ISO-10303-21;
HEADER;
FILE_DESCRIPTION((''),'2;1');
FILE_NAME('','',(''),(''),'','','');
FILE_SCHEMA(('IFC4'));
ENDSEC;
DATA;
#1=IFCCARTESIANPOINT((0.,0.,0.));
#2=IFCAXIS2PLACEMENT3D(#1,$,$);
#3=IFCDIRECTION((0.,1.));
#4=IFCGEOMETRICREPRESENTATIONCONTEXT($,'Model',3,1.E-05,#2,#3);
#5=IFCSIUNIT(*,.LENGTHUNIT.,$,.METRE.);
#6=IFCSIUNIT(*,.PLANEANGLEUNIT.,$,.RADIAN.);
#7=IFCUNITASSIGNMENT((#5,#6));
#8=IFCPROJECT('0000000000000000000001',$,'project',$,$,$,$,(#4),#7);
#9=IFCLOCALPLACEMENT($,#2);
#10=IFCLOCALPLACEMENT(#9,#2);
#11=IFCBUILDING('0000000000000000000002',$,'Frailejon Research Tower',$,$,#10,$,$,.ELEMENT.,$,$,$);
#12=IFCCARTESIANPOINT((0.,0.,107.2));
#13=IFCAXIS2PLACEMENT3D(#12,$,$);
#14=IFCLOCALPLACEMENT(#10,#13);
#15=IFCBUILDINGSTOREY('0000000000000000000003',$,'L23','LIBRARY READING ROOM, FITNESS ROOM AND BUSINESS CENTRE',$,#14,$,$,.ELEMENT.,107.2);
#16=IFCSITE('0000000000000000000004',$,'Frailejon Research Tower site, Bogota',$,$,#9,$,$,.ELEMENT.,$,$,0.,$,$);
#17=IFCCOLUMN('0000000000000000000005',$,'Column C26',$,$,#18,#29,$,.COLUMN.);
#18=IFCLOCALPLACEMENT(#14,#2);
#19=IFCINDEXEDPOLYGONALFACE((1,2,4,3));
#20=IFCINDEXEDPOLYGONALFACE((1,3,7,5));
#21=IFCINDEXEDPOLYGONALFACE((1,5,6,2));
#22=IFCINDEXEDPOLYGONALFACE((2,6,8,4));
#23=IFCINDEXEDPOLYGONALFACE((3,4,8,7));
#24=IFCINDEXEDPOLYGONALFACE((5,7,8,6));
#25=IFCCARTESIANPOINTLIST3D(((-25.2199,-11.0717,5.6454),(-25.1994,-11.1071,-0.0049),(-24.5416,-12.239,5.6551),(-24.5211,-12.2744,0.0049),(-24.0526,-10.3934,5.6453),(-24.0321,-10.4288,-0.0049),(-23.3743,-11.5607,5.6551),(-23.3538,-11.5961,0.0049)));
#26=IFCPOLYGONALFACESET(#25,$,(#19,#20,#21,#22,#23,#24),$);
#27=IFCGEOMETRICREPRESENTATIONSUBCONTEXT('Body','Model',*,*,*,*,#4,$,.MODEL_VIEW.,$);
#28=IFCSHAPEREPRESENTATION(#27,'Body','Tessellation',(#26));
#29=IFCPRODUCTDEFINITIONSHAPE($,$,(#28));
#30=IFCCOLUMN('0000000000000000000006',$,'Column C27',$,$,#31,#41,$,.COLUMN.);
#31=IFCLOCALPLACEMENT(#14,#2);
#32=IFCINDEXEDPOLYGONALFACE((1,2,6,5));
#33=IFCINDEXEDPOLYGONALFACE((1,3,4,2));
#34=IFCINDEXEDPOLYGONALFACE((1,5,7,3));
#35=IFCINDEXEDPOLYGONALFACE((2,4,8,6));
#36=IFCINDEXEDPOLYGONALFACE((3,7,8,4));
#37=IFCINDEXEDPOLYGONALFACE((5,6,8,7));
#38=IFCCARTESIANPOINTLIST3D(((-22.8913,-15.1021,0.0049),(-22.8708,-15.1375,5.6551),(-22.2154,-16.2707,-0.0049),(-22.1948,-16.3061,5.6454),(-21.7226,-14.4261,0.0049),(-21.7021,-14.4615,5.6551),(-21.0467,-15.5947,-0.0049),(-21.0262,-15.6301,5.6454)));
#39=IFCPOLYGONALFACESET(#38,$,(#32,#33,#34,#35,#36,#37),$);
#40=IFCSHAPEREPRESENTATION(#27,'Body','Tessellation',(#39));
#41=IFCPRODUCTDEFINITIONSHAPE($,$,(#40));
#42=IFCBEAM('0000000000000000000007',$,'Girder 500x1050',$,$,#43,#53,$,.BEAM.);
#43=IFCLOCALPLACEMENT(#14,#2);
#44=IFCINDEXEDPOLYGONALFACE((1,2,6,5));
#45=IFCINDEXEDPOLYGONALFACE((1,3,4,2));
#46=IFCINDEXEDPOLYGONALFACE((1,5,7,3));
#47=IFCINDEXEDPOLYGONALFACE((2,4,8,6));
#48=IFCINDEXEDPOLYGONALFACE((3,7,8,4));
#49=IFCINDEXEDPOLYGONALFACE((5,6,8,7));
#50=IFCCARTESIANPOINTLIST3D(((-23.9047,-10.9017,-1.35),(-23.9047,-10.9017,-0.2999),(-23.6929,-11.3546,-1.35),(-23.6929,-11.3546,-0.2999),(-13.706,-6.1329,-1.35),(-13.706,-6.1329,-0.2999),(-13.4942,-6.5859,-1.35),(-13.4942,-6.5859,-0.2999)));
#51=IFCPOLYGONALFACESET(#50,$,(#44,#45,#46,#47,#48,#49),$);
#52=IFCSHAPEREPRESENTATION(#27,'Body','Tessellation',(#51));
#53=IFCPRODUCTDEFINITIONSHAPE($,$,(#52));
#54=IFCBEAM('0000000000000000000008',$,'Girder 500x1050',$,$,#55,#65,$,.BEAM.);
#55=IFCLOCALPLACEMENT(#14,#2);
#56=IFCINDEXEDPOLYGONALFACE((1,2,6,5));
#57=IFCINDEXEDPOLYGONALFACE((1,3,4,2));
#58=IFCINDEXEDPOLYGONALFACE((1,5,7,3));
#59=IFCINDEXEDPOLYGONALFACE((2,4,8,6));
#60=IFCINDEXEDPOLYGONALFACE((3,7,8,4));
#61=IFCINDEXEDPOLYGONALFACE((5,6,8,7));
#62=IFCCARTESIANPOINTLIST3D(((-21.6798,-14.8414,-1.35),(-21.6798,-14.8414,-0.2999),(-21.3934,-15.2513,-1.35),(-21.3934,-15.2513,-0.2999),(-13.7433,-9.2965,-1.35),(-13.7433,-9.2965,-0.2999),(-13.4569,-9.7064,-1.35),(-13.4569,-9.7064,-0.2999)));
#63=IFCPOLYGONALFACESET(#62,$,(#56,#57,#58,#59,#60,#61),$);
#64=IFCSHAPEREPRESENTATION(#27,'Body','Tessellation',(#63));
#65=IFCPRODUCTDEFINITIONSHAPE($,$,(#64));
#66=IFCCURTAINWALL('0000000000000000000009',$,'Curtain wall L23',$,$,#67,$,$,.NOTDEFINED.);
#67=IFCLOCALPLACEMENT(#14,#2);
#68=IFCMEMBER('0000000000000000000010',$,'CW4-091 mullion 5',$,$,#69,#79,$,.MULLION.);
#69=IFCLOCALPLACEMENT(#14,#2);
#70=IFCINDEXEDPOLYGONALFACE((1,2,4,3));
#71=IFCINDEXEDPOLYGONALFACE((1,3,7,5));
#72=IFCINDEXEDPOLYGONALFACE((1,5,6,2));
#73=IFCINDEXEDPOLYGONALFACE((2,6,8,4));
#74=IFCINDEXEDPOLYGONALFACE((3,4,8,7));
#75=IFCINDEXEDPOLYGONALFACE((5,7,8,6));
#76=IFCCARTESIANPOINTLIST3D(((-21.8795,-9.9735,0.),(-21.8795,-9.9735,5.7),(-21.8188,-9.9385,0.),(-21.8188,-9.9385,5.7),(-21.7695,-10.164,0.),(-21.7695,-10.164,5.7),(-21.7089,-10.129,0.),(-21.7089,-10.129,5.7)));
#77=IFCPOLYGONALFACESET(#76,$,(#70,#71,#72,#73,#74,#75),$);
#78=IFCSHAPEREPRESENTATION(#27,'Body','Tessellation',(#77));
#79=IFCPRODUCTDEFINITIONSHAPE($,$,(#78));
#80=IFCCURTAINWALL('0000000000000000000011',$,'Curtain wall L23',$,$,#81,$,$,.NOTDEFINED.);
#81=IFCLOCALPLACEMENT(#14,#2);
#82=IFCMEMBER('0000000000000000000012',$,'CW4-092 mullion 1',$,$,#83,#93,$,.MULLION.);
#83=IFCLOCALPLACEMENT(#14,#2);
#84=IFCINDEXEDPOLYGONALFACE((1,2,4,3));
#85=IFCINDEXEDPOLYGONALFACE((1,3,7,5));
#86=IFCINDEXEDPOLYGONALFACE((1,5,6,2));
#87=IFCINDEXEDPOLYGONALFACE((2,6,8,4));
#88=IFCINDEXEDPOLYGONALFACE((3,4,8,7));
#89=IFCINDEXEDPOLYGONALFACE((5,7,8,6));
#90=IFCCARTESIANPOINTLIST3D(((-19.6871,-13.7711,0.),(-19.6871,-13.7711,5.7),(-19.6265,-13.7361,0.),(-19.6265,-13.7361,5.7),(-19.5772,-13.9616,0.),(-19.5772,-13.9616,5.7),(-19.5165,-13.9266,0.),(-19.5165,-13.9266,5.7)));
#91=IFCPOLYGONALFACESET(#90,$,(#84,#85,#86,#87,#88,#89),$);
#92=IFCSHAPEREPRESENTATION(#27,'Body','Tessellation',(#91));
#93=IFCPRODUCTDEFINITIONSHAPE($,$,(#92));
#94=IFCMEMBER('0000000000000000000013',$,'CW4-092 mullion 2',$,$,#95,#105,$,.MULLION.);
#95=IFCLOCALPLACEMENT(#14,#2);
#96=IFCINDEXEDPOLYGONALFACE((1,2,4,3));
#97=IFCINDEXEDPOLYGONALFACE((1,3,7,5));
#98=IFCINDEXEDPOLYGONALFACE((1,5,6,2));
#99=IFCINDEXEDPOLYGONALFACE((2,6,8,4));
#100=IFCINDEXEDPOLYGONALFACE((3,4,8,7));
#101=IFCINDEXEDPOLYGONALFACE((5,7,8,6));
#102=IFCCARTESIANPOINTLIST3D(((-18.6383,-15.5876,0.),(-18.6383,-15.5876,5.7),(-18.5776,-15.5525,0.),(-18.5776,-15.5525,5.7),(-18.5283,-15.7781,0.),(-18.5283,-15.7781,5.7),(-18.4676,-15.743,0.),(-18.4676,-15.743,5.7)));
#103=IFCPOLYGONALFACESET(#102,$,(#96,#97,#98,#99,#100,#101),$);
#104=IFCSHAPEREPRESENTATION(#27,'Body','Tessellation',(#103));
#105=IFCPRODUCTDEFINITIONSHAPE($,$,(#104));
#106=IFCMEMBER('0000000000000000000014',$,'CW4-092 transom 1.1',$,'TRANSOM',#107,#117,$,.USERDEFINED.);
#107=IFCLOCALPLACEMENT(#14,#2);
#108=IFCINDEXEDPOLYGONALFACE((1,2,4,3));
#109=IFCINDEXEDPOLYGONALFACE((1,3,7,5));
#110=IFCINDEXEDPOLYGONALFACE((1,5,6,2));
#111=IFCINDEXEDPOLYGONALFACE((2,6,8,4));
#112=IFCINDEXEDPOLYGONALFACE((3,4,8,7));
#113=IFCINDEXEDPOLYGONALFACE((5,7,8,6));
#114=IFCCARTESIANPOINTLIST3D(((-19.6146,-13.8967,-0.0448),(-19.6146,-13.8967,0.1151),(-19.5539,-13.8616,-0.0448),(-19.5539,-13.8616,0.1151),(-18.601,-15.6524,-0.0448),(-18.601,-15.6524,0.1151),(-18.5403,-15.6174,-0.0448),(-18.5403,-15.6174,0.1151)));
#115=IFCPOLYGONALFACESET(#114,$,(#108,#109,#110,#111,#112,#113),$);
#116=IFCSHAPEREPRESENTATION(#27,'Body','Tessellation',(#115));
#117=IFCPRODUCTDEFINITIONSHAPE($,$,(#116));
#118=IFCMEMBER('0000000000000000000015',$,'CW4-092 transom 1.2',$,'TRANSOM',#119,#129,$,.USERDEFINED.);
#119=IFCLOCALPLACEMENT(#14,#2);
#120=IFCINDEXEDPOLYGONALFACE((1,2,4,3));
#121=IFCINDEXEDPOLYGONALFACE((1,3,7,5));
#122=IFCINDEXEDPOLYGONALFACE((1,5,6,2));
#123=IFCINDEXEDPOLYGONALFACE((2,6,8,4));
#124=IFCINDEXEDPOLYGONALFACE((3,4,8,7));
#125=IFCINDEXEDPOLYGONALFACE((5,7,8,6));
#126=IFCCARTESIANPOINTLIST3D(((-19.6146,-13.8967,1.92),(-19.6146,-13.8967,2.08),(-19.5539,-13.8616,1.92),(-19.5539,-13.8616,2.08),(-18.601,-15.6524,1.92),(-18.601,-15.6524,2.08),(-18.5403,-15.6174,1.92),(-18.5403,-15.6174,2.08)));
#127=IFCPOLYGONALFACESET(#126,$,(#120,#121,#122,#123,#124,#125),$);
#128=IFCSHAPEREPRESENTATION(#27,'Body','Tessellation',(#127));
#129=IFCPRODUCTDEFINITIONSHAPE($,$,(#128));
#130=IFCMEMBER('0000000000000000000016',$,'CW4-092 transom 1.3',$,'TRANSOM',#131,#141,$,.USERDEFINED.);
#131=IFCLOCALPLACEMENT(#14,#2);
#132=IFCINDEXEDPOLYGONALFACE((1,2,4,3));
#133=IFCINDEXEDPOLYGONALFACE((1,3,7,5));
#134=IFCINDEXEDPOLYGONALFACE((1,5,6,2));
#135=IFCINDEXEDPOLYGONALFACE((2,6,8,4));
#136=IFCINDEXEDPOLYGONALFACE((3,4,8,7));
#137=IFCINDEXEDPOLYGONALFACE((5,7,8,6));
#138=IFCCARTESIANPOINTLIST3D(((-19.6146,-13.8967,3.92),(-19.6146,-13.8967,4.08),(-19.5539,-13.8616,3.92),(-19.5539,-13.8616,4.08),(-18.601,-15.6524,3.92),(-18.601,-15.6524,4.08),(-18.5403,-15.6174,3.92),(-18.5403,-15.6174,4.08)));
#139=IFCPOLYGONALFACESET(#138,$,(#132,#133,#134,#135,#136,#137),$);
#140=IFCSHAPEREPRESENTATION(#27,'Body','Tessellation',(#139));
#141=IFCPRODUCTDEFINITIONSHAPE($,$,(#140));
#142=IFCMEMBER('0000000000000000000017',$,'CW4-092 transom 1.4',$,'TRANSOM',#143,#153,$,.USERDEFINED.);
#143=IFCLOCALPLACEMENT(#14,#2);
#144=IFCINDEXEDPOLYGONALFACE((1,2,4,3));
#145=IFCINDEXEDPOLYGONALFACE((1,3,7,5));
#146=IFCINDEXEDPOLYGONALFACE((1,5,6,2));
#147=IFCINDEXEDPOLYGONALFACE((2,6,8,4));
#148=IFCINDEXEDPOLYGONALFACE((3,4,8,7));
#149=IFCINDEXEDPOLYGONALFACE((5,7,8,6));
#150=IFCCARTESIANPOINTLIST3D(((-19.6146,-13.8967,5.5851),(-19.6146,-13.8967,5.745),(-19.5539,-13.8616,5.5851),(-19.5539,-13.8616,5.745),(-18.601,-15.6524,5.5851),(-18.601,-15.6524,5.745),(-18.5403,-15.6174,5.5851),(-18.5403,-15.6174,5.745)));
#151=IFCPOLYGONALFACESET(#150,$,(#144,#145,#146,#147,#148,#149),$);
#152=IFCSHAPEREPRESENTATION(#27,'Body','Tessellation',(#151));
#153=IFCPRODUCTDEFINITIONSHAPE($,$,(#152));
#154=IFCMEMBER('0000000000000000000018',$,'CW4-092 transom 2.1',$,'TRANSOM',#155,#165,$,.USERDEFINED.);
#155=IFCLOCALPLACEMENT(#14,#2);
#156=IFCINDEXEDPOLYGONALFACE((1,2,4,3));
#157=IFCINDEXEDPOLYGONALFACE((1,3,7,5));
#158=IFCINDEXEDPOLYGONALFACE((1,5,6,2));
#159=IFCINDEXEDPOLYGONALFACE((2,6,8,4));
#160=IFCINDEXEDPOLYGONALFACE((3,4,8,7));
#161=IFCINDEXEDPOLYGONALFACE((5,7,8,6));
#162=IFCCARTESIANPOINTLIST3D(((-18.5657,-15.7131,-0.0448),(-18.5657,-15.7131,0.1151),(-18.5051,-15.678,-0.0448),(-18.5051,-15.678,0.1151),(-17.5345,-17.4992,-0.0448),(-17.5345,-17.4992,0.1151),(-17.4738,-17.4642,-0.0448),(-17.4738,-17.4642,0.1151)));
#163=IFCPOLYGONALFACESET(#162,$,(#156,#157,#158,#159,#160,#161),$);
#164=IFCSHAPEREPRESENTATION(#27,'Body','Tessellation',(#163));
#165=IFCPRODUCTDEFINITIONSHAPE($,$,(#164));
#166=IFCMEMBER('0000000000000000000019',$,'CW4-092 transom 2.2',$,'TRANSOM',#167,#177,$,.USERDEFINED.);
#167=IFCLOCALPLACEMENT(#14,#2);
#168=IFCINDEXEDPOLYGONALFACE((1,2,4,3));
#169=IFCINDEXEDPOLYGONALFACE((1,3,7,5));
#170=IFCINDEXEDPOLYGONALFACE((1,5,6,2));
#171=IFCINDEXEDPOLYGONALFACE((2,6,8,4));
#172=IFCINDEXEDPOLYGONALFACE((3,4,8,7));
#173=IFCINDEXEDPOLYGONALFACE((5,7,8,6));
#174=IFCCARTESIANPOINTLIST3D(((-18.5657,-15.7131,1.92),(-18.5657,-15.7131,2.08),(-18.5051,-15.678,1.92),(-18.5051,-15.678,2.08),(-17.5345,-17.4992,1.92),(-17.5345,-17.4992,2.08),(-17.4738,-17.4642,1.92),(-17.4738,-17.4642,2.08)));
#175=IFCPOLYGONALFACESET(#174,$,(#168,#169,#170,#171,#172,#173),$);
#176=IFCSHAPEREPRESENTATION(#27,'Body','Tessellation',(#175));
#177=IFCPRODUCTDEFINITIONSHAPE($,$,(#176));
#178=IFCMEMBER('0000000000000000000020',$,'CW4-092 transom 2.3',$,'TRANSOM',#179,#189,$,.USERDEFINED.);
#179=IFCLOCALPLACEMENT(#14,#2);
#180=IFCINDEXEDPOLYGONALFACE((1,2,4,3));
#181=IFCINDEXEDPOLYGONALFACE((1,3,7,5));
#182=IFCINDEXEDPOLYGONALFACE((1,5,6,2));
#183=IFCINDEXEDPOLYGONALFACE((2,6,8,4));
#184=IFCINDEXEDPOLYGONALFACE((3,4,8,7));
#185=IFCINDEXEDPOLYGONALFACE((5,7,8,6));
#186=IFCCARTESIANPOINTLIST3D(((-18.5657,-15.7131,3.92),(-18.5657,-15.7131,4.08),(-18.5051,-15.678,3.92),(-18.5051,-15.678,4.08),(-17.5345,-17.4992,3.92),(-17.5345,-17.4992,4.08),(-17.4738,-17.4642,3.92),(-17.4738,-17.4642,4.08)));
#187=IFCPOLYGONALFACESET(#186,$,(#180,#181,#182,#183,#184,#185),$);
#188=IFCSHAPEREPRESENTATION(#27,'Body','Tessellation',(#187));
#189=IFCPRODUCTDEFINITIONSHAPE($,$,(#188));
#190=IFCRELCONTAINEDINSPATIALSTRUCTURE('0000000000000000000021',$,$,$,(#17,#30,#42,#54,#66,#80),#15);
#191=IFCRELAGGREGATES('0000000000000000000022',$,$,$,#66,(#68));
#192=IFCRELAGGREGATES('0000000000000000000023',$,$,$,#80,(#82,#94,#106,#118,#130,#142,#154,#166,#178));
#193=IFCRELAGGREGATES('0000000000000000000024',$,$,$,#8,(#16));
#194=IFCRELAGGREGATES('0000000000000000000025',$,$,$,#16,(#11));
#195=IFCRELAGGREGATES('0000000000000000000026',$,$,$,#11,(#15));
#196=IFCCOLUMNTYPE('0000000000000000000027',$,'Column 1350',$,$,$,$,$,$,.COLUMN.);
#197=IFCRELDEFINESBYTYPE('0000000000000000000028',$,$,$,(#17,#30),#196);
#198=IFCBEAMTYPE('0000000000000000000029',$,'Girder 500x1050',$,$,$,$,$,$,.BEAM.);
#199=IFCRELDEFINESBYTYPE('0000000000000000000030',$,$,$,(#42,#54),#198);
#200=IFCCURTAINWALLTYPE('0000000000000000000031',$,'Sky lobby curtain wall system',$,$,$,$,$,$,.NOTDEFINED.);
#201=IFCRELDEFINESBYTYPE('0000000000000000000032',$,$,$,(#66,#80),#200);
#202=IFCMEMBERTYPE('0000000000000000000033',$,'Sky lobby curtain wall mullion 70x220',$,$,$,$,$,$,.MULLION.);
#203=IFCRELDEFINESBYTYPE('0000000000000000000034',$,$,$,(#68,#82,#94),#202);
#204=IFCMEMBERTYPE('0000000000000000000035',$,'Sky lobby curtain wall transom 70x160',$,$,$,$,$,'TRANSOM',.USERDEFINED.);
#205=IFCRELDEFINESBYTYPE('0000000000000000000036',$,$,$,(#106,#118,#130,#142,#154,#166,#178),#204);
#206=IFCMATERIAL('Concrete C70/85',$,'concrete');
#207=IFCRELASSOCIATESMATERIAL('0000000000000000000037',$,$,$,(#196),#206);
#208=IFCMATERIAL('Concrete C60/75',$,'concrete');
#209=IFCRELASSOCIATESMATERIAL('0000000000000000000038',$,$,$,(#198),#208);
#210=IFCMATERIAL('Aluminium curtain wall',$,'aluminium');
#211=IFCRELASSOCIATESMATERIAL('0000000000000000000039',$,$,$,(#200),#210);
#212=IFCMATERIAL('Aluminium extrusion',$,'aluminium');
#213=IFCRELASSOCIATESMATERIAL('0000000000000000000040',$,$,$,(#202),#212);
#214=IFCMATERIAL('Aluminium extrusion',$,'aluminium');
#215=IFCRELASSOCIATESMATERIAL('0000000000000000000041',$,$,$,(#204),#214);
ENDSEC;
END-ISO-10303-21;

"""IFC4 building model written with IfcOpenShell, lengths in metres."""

from ifc_helpers import new_model, si_unit, direction, frame, origin, origin_2d, place, context, subcontext, project, spatial, rectangle, extrude, material, material_profile, profile_set, type_object, element, aggregate, save


model = new_model("IFC4")

# Units and contexts
model_context = context("Model", 3, precision=1e-05, world=origin(), true_north=direction((0.0, 1.0)))
body_context = subcontext(model_context, "Body", "Model", "MODEL_VIEW")
ifc_project = project(units=[si_unit("LENGTHUNIT", "METRE"), si_unit("PLANEANGLEUNIT", "RADIAN")], contexts=[model_context])

# Site, building, storey
site_placement = place(None, origin())
site = spatial("IfcSite", under=ifc_project, at=site_placement, Name="Frailejon Research Tower site, Bogota", CompositionType="ELEMENT", RefElevation=0.0)
building_placement = place(site_placement, origin())
building = spatial("IfcBuilding", under=site, at=building_placement, Name="Frailejon Research Tower", CompositionType="ELEMENT")
storey_placement = place(building_placement, frame((0.0, 0.0, 107.2)))
storey = spatial("IfcBuildingStorey", under=building, at=storey_placement, Name="L23", Description="LIBRARY READING ROOM, FITNESS ROOM AND BUSINESS CENTRE", CompositionType="ELEMENT", Elevation=107.2)

# Columns
ifc_material_1 = material(Name="Concrete C70/85", Category="concrete")
ifc_material_profile_1 = material_profile(ifc_material_1, rectangle(XDim=1.3501, YDim=1.3501, at=origin_2d()), Name="Column 1350")
ifc_profile_set_1 = profile_set([ifc_material_profile_1], Name="Concrete C70/85")
column_type = type_object("IfcColumnType", Name="Column 1350", PredefinedType="COLUMN", material=ifc_profile_set_1)
for number, where, z_axis, x_axis, name in (
    (1, (-24.2766, -11.3516, 0.0), (-0.00363, 0.006265, 0.999974), (0.502397, -0.864607, 0.007241), "Column C26"),
    (2, (-21.969, -15.3484, 0.0), (0.00363, -0.006265, 0.999974), (0.500675, -0.865605, -0.007241), "Column C27"),
):
    element("IfcColumn", number, at=place(storey_placement, frame(where, z_axis=z_axis, x_axis=x_axis)), inside=storey, type_object=column_type, Name=name, PredefinedType="COLUMN", context=body_context, shape_type="SweptSolid", body=[
        extrude(rectangle(XDim=1.3501, YDim=1.3501, at=origin_2d()), origin(), (0.0, 0.0, 1.0), 5.6504),
    ])

# Beams
ifc_material_2 = material(Name="Concrete C60/75", Category="concrete")
ifc_material_profile_2 = material_profile(ifc_material_2, rectangle(XDim=0.5, YDim=1.05, at=origin_2d()), Name="Girder 500x1050")
ifc_profile_set_2 = profile_set([ifc_material_profile_2], Name="Concrete C60/75")
beam_type_1 = type_object("IfcBeamType", Name="Girder 500x1050", PredefinedType="BEAM", material=ifc_profile_set_2)
beam_1_placement = place(storey_placement, frame((-23.7988, -11.1282, -0.825), z_axis=(0.905863, 0.42357, 0.0), x_axis=(-0.42357, 0.905863, 0.0)))
element("IfcBeam", 3, at=beam_1_placement, inside=storey, type_object=beam_type_1, Name="Girder 500x1050", PredefinedType="BEAM", context=body_context, shape_type="SweptSolid", body=[
    extrude(rectangle(XDim=0.5, YDim=1.05, at=origin_2d()), origin(), (0.0, 0.0, 1.0), 11.2585),
])
beam_2_placement = place(storey_placement, frame((-21.5366, -15.0464, -0.825), z_axis=(0.819748, 0.572724, 0.0), x_axis=(-0.572724, 0.819748, 0.0)))
element("IfcBeam", 4, at=beam_2_placement, inside=storey, type_object=beam_type_1, Name="Girder 500x1050", PredefinedType="BEAM", context=body_context, shape_type="SweptSolid", body=[
    extrude(rectangle(XDim=0.5, YDim=1.05, at=origin_2d()), origin(), (0.0, 0.0, 1.0), 9.6816),
])

# Curtain wall, member
ifc_material_3 = material(Name="Aluminium curtain wall", Category="aluminium")
curtain_wall_type = type_object("IfcCurtainWallType", Name="Sky lobby curtain wall system", PredefinedType="NOTDEFINED", material=ifc_material_3)
curtain_wall_1_placement = place(storey_placement, origin())
curtain_wall_1 = element("IfcCurtainWall", 5, at=curtain_wall_1_placement, inside=storey, type_object=curtain_wall_type, Name="Curtain wall L23", PredefinedType="NOTDEFINED")
ifc_material_4 = material(Name="Aluminium extrusion", Category="aluminium")
ifc_material_profile_3 = material_profile(ifc_material_4, rectangle(XDim=0.0701, YDim=0.22, at=origin_2d()), Name="Sky lobby curtain wall mullion 70x220")
ifc_profile_set_3 = profile_set([ifc_material_profile_3], Name="Aluminium extrusion")
member_type_1 = type_object("IfcMemberType", Name="Sky lobby curtain wall mullion 70x220", PredefinedType="MULLION", material=ifc_profile_set_3)
member_1_placement = place(storey_placement, frame((-21.7942, -10.0513, 0.0), z_axis=(0.0, 0.0, 1.0), x_axis=(0.866026, 0.5, 0.0)))
member_1 = element("IfcMember", 6, at=member_1_placement, type_object=member_type_1, Name="CW4-091 mullion 5", PredefinedType="MULLION", context=body_context, shape_type="SweptSolid", body=[
    extrude(rectangle(XDim=0.0701, YDim=0.22, at=origin_2d()), origin(), (0.0, 0.0, 1.0), 5.7),
])

# Curtain wall, members
curtain_wall_2_placement = place(storey_placement, origin())
curtain_wall_2 = element("IfcCurtainWall", 7, at=curtain_wall_2_placement, inside=storey, type_object=curtain_wall_type, Name="Curtain wall L23", PredefinedType="NOTDEFINED")
member_2_placement = place(storey_placement, frame((-19.6018, -13.8489, 0.0), z_axis=(0.0, 0.0, 1.0), x_axis=(0.866026, 0.5, 0.0)))
member_2 = element("IfcMember", 8, at=member_2_placement, type_object=member_type_1, Name="CW4-092 mullion 1", PredefinedType="MULLION", context=body_context, shape_type="SweptSolid", body=[
    extrude(rectangle(XDim=0.0701, YDim=0.22, at=origin_2d()), origin(), (0.0, 0.0, 1.0), 5.7),
])
member_3_placement = place(storey_placement, frame((-18.553, -15.6653, 0.0), z_axis=(0.0, 0.0, 1.0), x_axis=(0.866026, 0.5, 0.0)))
member_3 = element("IfcMember", 9, at=member_3_placement, type_object=member_type_1, Name="CW4-092 mullion 2", PredefinedType="MULLION", context=body_context, shape_type="SweptSolid", body=[
    extrude(rectangle(XDim=0.0701, YDim=0.22, at=origin_2d()), origin(), (0.0, 0.0, 1.0), 5.7),
])
ifc_material_5 = material(Name="Aluminium extrusion", Category="aluminium")
ifc_material_profile_4 = material_profile(ifc_material_5, rectangle(XDim=0.0701, YDim=0.1599, at=origin_2d()), Name="Sky lobby curtain wall transom 70x160")
ifc_profile_set_4 = profile_set([ifc_material_profile_4], Name="Aluminium extrusion")
member_type_2 = type_object("IfcMemberType", Name="Sky lobby curtain wall transom 70x160", ElementType="TRANSOM", PredefinedType="USERDEFINED", material=ifc_profile_set_4)
member_4_placement = place(storey_placement, frame((-19.5842, -13.8792, 0.0352), z_axis=(0.499973, -0.866041, 0.0), x_axis=(0.866041, 0.499973, 0.0)))
member_4 = element("IfcMember", 10, at=member_4_placement, type_object=member_type_2, Name="CW4-092 transom 1.1", ObjectType="TRANSOM", PredefinedType="USERDEFINED", context=body_context, shape_type="SweptSolid", body=[
    extrude(rectangle(XDim=0.0701, YDim=0.1599, at=origin_2d()), origin(), (0.0, 0.0, 1.0), 2.0273),
])
member_5_placement = place(storey_placement, frame((-19.5842, -13.8792, 2.0), z_axis=(0.499973, -0.866041, 0.0), x_axis=(0.866041, 0.499973, 0.0)))
member_5 = element("IfcMember", 11, at=member_5_placement, type_object=member_type_2, Name="CW4-092 transom 1.2", ObjectType="TRANSOM", PredefinedType="USERDEFINED", context=body_context, shape_type="SweptSolid", body=[
    extrude(rectangle(XDim=0.0701, YDim=0.1599, at=origin_2d()), origin(), (0.0, 0.0, 1.0), 2.0273),
])
member_6_placement = place(storey_placement, frame((-19.5842, -13.8792, 4.0), z_axis=(0.499973, -0.866041, 0.0), x_axis=(0.866041, 0.499973, 0.0)))
member_6 = element("IfcMember", 12, at=member_6_placement, type_object=member_type_2, Name="CW4-092 transom 1.3", ObjectType="TRANSOM", PredefinedType="USERDEFINED", context=body_context, shape_type="SweptSolid", body=[
    extrude(rectangle(XDim=0.0701, YDim=0.1599, at=origin_2d()), origin(), (0.0, 0.0, 1.0), 2.0273),
])
member_7_placement = place(storey_placement, frame((-19.5842, -13.8792, 5.665), z_axis=(0.499973, -0.866041, 0.0), x_axis=(0.866041, 0.499973, 0.0)))
member_7 = element("IfcMember", 13, at=member_7_placement, type_object=member_type_2, Name="CW4-092 transom 1.4", ObjectType="TRANSOM", PredefinedType="USERDEFINED", context=body_context, shape_type="SweptSolid", body=[
    extrude(rectangle(XDim=0.0701, YDim=0.1599, at=origin_2d()), origin(), (0.0, 0.0, 1.0), 2.0273),
])
member_8_placement = place(storey_placement, frame((-18.5354, -15.6956, 0.0352), z_axis=(0.500009, -0.86602, 0.0), x_axis=(0.86602, 0.500009, 0.0)))
member_8 = element("IfcMember", 14, at=member_8_placement, type_object=member_type_2, Name="CW4-092 transom 2.1", ObjectType="TRANSOM", PredefinedType="USERDEFINED", context=body_context, shape_type="SweptSolid", body=[
    extrude(rectangle(XDim=0.0701, YDim=0.1599, at=origin_2d()), origin(), (0.0, 0.0, 1.0), 2.0625),
])
member_9_placement = place(storey_placement, frame((-18.5354, -15.6956, 2.0), z_axis=(0.500009, -0.86602, 0.0), x_axis=(0.86602, 0.500009, 0.0)))
member_9 = element("IfcMember", 15, at=member_9_placement, type_object=member_type_2, Name="CW4-092 transom 2.2", ObjectType="TRANSOM", PredefinedType="USERDEFINED", context=body_context, shape_type="SweptSolid", body=[
    extrude(rectangle(XDim=0.0701, YDim=0.1599, at=origin_2d()), origin(), (0.0, 0.0, 1.0), 2.0625),
])
member_10_placement = place(storey_placement, frame((-18.5354, -15.6956, 4.0), z_axis=(0.500009, -0.86602, 0.0), x_axis=(0.86602, 0.500009, 0.0)))
member_10 = element("IfcMember", 16, at=member_10_placement, type_object=member_type_2, Name="CW4-092 transom 2.3", ObjectType="TRANSOM", PredefinedType="USERDEFINED", context=body_context, shape_type="SweptSolid", body=[
    extrude(rectangle(XDim=0.0701, YDim=0.1599, at=origin_2d()), origin(), (0.0, 0.0, 1.0), 2.0625),
])

aggregate(curtain_wall_1, [member_1])
aggregate(curtain_wall_2, [member_2, member_3, member_4, member_5, member_6, member_7, member_8, member_9, member_10])

save(model, "model.ifc")
